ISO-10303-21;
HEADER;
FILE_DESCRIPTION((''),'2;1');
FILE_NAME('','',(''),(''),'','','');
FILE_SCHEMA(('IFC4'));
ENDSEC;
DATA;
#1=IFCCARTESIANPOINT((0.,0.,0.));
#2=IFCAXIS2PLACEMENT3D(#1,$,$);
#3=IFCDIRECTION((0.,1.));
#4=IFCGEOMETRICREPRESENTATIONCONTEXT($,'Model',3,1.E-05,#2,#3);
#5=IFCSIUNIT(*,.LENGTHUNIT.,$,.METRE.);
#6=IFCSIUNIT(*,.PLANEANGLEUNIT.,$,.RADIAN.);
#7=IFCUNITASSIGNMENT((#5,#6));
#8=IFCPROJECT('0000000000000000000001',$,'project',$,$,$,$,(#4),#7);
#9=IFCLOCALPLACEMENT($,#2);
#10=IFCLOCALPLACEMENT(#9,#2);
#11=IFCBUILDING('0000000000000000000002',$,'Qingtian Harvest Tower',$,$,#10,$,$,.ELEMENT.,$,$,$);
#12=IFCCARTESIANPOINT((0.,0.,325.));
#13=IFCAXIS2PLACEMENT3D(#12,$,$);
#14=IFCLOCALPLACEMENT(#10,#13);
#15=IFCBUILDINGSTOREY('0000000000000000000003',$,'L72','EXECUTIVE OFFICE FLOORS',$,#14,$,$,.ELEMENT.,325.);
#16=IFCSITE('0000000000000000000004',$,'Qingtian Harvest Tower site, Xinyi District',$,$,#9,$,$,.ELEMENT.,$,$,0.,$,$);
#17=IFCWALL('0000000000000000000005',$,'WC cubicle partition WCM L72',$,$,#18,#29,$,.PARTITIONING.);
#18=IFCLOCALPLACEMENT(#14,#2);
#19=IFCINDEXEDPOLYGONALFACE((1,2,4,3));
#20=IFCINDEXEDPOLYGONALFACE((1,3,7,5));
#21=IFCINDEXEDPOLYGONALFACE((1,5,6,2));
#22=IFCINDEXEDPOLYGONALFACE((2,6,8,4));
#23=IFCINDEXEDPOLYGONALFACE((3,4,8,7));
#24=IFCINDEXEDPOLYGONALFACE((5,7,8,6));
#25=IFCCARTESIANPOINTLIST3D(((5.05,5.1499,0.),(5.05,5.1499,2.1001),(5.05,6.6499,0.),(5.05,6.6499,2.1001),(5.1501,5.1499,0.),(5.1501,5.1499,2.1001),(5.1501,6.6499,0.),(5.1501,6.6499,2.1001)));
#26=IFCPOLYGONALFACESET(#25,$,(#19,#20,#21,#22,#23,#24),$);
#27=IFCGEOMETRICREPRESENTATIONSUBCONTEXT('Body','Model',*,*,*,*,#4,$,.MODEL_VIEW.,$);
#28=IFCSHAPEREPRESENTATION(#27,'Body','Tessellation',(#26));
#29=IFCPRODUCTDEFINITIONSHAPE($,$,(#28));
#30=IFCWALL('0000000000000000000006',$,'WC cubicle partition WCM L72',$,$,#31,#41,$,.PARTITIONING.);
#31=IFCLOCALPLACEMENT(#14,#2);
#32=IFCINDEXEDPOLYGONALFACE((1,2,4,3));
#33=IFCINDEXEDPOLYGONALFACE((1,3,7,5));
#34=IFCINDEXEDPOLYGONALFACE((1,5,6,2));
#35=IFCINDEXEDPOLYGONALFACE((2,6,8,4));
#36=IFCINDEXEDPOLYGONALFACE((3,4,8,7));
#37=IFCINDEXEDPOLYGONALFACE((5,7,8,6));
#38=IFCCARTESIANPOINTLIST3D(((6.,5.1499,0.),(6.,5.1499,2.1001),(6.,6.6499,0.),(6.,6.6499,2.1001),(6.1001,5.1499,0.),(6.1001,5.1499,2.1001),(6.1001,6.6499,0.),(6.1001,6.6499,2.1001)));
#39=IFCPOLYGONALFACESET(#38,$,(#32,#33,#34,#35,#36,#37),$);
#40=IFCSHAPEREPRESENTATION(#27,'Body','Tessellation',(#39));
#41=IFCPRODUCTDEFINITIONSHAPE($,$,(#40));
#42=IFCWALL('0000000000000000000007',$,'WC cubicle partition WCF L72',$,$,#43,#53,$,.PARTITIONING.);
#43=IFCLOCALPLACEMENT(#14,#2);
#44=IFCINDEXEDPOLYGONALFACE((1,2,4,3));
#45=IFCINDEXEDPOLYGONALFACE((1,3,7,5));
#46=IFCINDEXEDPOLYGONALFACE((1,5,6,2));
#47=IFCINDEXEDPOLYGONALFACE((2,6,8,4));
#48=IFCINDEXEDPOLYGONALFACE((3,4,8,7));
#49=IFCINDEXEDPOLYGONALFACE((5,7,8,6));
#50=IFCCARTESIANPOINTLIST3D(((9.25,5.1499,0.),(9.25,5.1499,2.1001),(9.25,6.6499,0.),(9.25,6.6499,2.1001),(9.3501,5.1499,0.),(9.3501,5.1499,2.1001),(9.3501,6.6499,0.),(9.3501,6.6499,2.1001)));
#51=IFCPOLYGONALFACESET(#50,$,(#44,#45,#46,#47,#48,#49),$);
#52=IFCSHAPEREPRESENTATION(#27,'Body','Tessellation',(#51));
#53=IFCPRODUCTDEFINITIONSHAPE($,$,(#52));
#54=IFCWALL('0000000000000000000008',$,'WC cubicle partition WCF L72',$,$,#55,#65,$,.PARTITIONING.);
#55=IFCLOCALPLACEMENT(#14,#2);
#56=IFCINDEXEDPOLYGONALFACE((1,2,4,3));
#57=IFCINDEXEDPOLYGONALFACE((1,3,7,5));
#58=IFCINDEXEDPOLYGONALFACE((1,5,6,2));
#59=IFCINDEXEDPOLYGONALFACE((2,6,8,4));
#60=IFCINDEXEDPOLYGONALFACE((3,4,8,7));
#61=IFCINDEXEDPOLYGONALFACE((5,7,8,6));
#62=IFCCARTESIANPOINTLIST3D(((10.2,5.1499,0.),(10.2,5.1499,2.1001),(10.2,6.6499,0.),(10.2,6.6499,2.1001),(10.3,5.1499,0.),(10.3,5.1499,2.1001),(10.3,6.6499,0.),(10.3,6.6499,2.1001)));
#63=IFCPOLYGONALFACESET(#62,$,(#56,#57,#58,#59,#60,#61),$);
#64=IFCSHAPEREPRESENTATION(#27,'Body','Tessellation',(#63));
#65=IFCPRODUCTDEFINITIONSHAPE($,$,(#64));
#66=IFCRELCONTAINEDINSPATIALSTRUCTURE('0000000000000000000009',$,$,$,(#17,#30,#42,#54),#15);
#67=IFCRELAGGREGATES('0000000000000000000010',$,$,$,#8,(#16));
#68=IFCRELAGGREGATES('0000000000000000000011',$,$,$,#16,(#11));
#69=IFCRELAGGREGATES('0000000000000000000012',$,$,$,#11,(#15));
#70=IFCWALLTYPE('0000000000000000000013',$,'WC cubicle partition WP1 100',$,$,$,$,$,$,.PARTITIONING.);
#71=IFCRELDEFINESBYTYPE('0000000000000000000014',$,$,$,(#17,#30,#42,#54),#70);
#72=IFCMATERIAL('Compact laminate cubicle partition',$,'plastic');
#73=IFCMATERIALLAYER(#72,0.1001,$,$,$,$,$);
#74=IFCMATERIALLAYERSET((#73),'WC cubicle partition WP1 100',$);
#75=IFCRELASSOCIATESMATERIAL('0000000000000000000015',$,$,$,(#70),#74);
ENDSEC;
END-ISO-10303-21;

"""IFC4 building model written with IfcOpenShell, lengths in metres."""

from ifc_helpers import new_model, si_unit, direction, frame, frame_2d, origin, place, context, subcontext, project, spatial, rectangle, extrude, material, layer, layer_set, type_object, element, save


model = new_model("IFC4")

# Units and contexts
model_context = context("Model", 3, precision=1e-05, world=origin(), true_north=direction((0.0, 1.0)))
body_context = subcontext(model_context, "Body", "Model", "MODEL_VIEW")
ifc_project = project(units=[si_unit("LENGTHUNIT", "METRE"), si_unit("PLANEANGLEUNIT", "RADIAN")], contexts=[model_context])

# Site, building, storey
site_placement = place(None, origin())
site = spatial("IfcSite", under=ifc_project, at=site_placement, Name="Qingtian Harvest Tower site, Xinyi District", CompositionType="ELEMENT", RefElevation=0.0)
building_placement = place(site_placement, origin())
building = spatial("IfcBuilding", under=site, at=building_placement, Name="Qingtian Harvest Tower", CompositionType="ELEMENT")
storey_placement = place(building_placement, frame((0.0, 0.0, 325.0)))
storey = spatial("IfcBuildingStorey", under=building, at=storey_placement, Name="L72", Description="EXECUTIVE OFFICE FLOORS", CompositionType="ELEMENT", Elevation=325.0)

# Walls
ifc_material_1 = material(Name="Compact laminate cubicle partition", Category="plastic")
ifc_layer_1 = layer(ifc_material_1, 0.1001)
ifc_layer_set_1 = layer_set([ifc_layer_1], Name="WC cubicle partition WP1 100")
wall_type_1 = type_object("IfcWallType", Name="WC cubicle partition WP1 100", PredefinedType="PARTITIONING", material=ifc_layer_set_1)
for number, where, z_axis, x_axis, name in (
    (1, (5.1001, 5.1499, 0.0), (0.0, 0.0, 1.0), (0.0, 1.0, 0.0), "WC cubicle partition WCM L72"),
    (2, (6.05, 5.1499, 0.0), (0.0, 0.0, 1.0), (0.0, 1.0, 0.0), "WC cubicle partition WCM L72"),
    (3, (9.3, 5.1499, 0.0), (0.0, 0.0, 1.0), (0.0, 1.0, 0.0), "WC cubicle partition WCF L72"),
    (4, (10.25, 5.1499, 0.0), (0.0, 0.0, 1.0), (0.0, 1.0, 0.0), "WC cubicle partition WCF L72"),
):
    element("IfcWall", number, at=place(storey_placement, frame(where, z_axis=z_axis, x_axis=x_axis)), inside=storey, type_object=wall_type_1, Name=name, PredefinedType="PARTITIONING", context=body_context, shape_type="SweptSolid", body=[
        extrude(rectangle(XDim=1.5, YDim=0.1001, at=frame_2d((0.75, 0.0))), origin(), (0.0, 0.0, 1.0), 2.1001),
    ])

save(model, "model.ifc")
